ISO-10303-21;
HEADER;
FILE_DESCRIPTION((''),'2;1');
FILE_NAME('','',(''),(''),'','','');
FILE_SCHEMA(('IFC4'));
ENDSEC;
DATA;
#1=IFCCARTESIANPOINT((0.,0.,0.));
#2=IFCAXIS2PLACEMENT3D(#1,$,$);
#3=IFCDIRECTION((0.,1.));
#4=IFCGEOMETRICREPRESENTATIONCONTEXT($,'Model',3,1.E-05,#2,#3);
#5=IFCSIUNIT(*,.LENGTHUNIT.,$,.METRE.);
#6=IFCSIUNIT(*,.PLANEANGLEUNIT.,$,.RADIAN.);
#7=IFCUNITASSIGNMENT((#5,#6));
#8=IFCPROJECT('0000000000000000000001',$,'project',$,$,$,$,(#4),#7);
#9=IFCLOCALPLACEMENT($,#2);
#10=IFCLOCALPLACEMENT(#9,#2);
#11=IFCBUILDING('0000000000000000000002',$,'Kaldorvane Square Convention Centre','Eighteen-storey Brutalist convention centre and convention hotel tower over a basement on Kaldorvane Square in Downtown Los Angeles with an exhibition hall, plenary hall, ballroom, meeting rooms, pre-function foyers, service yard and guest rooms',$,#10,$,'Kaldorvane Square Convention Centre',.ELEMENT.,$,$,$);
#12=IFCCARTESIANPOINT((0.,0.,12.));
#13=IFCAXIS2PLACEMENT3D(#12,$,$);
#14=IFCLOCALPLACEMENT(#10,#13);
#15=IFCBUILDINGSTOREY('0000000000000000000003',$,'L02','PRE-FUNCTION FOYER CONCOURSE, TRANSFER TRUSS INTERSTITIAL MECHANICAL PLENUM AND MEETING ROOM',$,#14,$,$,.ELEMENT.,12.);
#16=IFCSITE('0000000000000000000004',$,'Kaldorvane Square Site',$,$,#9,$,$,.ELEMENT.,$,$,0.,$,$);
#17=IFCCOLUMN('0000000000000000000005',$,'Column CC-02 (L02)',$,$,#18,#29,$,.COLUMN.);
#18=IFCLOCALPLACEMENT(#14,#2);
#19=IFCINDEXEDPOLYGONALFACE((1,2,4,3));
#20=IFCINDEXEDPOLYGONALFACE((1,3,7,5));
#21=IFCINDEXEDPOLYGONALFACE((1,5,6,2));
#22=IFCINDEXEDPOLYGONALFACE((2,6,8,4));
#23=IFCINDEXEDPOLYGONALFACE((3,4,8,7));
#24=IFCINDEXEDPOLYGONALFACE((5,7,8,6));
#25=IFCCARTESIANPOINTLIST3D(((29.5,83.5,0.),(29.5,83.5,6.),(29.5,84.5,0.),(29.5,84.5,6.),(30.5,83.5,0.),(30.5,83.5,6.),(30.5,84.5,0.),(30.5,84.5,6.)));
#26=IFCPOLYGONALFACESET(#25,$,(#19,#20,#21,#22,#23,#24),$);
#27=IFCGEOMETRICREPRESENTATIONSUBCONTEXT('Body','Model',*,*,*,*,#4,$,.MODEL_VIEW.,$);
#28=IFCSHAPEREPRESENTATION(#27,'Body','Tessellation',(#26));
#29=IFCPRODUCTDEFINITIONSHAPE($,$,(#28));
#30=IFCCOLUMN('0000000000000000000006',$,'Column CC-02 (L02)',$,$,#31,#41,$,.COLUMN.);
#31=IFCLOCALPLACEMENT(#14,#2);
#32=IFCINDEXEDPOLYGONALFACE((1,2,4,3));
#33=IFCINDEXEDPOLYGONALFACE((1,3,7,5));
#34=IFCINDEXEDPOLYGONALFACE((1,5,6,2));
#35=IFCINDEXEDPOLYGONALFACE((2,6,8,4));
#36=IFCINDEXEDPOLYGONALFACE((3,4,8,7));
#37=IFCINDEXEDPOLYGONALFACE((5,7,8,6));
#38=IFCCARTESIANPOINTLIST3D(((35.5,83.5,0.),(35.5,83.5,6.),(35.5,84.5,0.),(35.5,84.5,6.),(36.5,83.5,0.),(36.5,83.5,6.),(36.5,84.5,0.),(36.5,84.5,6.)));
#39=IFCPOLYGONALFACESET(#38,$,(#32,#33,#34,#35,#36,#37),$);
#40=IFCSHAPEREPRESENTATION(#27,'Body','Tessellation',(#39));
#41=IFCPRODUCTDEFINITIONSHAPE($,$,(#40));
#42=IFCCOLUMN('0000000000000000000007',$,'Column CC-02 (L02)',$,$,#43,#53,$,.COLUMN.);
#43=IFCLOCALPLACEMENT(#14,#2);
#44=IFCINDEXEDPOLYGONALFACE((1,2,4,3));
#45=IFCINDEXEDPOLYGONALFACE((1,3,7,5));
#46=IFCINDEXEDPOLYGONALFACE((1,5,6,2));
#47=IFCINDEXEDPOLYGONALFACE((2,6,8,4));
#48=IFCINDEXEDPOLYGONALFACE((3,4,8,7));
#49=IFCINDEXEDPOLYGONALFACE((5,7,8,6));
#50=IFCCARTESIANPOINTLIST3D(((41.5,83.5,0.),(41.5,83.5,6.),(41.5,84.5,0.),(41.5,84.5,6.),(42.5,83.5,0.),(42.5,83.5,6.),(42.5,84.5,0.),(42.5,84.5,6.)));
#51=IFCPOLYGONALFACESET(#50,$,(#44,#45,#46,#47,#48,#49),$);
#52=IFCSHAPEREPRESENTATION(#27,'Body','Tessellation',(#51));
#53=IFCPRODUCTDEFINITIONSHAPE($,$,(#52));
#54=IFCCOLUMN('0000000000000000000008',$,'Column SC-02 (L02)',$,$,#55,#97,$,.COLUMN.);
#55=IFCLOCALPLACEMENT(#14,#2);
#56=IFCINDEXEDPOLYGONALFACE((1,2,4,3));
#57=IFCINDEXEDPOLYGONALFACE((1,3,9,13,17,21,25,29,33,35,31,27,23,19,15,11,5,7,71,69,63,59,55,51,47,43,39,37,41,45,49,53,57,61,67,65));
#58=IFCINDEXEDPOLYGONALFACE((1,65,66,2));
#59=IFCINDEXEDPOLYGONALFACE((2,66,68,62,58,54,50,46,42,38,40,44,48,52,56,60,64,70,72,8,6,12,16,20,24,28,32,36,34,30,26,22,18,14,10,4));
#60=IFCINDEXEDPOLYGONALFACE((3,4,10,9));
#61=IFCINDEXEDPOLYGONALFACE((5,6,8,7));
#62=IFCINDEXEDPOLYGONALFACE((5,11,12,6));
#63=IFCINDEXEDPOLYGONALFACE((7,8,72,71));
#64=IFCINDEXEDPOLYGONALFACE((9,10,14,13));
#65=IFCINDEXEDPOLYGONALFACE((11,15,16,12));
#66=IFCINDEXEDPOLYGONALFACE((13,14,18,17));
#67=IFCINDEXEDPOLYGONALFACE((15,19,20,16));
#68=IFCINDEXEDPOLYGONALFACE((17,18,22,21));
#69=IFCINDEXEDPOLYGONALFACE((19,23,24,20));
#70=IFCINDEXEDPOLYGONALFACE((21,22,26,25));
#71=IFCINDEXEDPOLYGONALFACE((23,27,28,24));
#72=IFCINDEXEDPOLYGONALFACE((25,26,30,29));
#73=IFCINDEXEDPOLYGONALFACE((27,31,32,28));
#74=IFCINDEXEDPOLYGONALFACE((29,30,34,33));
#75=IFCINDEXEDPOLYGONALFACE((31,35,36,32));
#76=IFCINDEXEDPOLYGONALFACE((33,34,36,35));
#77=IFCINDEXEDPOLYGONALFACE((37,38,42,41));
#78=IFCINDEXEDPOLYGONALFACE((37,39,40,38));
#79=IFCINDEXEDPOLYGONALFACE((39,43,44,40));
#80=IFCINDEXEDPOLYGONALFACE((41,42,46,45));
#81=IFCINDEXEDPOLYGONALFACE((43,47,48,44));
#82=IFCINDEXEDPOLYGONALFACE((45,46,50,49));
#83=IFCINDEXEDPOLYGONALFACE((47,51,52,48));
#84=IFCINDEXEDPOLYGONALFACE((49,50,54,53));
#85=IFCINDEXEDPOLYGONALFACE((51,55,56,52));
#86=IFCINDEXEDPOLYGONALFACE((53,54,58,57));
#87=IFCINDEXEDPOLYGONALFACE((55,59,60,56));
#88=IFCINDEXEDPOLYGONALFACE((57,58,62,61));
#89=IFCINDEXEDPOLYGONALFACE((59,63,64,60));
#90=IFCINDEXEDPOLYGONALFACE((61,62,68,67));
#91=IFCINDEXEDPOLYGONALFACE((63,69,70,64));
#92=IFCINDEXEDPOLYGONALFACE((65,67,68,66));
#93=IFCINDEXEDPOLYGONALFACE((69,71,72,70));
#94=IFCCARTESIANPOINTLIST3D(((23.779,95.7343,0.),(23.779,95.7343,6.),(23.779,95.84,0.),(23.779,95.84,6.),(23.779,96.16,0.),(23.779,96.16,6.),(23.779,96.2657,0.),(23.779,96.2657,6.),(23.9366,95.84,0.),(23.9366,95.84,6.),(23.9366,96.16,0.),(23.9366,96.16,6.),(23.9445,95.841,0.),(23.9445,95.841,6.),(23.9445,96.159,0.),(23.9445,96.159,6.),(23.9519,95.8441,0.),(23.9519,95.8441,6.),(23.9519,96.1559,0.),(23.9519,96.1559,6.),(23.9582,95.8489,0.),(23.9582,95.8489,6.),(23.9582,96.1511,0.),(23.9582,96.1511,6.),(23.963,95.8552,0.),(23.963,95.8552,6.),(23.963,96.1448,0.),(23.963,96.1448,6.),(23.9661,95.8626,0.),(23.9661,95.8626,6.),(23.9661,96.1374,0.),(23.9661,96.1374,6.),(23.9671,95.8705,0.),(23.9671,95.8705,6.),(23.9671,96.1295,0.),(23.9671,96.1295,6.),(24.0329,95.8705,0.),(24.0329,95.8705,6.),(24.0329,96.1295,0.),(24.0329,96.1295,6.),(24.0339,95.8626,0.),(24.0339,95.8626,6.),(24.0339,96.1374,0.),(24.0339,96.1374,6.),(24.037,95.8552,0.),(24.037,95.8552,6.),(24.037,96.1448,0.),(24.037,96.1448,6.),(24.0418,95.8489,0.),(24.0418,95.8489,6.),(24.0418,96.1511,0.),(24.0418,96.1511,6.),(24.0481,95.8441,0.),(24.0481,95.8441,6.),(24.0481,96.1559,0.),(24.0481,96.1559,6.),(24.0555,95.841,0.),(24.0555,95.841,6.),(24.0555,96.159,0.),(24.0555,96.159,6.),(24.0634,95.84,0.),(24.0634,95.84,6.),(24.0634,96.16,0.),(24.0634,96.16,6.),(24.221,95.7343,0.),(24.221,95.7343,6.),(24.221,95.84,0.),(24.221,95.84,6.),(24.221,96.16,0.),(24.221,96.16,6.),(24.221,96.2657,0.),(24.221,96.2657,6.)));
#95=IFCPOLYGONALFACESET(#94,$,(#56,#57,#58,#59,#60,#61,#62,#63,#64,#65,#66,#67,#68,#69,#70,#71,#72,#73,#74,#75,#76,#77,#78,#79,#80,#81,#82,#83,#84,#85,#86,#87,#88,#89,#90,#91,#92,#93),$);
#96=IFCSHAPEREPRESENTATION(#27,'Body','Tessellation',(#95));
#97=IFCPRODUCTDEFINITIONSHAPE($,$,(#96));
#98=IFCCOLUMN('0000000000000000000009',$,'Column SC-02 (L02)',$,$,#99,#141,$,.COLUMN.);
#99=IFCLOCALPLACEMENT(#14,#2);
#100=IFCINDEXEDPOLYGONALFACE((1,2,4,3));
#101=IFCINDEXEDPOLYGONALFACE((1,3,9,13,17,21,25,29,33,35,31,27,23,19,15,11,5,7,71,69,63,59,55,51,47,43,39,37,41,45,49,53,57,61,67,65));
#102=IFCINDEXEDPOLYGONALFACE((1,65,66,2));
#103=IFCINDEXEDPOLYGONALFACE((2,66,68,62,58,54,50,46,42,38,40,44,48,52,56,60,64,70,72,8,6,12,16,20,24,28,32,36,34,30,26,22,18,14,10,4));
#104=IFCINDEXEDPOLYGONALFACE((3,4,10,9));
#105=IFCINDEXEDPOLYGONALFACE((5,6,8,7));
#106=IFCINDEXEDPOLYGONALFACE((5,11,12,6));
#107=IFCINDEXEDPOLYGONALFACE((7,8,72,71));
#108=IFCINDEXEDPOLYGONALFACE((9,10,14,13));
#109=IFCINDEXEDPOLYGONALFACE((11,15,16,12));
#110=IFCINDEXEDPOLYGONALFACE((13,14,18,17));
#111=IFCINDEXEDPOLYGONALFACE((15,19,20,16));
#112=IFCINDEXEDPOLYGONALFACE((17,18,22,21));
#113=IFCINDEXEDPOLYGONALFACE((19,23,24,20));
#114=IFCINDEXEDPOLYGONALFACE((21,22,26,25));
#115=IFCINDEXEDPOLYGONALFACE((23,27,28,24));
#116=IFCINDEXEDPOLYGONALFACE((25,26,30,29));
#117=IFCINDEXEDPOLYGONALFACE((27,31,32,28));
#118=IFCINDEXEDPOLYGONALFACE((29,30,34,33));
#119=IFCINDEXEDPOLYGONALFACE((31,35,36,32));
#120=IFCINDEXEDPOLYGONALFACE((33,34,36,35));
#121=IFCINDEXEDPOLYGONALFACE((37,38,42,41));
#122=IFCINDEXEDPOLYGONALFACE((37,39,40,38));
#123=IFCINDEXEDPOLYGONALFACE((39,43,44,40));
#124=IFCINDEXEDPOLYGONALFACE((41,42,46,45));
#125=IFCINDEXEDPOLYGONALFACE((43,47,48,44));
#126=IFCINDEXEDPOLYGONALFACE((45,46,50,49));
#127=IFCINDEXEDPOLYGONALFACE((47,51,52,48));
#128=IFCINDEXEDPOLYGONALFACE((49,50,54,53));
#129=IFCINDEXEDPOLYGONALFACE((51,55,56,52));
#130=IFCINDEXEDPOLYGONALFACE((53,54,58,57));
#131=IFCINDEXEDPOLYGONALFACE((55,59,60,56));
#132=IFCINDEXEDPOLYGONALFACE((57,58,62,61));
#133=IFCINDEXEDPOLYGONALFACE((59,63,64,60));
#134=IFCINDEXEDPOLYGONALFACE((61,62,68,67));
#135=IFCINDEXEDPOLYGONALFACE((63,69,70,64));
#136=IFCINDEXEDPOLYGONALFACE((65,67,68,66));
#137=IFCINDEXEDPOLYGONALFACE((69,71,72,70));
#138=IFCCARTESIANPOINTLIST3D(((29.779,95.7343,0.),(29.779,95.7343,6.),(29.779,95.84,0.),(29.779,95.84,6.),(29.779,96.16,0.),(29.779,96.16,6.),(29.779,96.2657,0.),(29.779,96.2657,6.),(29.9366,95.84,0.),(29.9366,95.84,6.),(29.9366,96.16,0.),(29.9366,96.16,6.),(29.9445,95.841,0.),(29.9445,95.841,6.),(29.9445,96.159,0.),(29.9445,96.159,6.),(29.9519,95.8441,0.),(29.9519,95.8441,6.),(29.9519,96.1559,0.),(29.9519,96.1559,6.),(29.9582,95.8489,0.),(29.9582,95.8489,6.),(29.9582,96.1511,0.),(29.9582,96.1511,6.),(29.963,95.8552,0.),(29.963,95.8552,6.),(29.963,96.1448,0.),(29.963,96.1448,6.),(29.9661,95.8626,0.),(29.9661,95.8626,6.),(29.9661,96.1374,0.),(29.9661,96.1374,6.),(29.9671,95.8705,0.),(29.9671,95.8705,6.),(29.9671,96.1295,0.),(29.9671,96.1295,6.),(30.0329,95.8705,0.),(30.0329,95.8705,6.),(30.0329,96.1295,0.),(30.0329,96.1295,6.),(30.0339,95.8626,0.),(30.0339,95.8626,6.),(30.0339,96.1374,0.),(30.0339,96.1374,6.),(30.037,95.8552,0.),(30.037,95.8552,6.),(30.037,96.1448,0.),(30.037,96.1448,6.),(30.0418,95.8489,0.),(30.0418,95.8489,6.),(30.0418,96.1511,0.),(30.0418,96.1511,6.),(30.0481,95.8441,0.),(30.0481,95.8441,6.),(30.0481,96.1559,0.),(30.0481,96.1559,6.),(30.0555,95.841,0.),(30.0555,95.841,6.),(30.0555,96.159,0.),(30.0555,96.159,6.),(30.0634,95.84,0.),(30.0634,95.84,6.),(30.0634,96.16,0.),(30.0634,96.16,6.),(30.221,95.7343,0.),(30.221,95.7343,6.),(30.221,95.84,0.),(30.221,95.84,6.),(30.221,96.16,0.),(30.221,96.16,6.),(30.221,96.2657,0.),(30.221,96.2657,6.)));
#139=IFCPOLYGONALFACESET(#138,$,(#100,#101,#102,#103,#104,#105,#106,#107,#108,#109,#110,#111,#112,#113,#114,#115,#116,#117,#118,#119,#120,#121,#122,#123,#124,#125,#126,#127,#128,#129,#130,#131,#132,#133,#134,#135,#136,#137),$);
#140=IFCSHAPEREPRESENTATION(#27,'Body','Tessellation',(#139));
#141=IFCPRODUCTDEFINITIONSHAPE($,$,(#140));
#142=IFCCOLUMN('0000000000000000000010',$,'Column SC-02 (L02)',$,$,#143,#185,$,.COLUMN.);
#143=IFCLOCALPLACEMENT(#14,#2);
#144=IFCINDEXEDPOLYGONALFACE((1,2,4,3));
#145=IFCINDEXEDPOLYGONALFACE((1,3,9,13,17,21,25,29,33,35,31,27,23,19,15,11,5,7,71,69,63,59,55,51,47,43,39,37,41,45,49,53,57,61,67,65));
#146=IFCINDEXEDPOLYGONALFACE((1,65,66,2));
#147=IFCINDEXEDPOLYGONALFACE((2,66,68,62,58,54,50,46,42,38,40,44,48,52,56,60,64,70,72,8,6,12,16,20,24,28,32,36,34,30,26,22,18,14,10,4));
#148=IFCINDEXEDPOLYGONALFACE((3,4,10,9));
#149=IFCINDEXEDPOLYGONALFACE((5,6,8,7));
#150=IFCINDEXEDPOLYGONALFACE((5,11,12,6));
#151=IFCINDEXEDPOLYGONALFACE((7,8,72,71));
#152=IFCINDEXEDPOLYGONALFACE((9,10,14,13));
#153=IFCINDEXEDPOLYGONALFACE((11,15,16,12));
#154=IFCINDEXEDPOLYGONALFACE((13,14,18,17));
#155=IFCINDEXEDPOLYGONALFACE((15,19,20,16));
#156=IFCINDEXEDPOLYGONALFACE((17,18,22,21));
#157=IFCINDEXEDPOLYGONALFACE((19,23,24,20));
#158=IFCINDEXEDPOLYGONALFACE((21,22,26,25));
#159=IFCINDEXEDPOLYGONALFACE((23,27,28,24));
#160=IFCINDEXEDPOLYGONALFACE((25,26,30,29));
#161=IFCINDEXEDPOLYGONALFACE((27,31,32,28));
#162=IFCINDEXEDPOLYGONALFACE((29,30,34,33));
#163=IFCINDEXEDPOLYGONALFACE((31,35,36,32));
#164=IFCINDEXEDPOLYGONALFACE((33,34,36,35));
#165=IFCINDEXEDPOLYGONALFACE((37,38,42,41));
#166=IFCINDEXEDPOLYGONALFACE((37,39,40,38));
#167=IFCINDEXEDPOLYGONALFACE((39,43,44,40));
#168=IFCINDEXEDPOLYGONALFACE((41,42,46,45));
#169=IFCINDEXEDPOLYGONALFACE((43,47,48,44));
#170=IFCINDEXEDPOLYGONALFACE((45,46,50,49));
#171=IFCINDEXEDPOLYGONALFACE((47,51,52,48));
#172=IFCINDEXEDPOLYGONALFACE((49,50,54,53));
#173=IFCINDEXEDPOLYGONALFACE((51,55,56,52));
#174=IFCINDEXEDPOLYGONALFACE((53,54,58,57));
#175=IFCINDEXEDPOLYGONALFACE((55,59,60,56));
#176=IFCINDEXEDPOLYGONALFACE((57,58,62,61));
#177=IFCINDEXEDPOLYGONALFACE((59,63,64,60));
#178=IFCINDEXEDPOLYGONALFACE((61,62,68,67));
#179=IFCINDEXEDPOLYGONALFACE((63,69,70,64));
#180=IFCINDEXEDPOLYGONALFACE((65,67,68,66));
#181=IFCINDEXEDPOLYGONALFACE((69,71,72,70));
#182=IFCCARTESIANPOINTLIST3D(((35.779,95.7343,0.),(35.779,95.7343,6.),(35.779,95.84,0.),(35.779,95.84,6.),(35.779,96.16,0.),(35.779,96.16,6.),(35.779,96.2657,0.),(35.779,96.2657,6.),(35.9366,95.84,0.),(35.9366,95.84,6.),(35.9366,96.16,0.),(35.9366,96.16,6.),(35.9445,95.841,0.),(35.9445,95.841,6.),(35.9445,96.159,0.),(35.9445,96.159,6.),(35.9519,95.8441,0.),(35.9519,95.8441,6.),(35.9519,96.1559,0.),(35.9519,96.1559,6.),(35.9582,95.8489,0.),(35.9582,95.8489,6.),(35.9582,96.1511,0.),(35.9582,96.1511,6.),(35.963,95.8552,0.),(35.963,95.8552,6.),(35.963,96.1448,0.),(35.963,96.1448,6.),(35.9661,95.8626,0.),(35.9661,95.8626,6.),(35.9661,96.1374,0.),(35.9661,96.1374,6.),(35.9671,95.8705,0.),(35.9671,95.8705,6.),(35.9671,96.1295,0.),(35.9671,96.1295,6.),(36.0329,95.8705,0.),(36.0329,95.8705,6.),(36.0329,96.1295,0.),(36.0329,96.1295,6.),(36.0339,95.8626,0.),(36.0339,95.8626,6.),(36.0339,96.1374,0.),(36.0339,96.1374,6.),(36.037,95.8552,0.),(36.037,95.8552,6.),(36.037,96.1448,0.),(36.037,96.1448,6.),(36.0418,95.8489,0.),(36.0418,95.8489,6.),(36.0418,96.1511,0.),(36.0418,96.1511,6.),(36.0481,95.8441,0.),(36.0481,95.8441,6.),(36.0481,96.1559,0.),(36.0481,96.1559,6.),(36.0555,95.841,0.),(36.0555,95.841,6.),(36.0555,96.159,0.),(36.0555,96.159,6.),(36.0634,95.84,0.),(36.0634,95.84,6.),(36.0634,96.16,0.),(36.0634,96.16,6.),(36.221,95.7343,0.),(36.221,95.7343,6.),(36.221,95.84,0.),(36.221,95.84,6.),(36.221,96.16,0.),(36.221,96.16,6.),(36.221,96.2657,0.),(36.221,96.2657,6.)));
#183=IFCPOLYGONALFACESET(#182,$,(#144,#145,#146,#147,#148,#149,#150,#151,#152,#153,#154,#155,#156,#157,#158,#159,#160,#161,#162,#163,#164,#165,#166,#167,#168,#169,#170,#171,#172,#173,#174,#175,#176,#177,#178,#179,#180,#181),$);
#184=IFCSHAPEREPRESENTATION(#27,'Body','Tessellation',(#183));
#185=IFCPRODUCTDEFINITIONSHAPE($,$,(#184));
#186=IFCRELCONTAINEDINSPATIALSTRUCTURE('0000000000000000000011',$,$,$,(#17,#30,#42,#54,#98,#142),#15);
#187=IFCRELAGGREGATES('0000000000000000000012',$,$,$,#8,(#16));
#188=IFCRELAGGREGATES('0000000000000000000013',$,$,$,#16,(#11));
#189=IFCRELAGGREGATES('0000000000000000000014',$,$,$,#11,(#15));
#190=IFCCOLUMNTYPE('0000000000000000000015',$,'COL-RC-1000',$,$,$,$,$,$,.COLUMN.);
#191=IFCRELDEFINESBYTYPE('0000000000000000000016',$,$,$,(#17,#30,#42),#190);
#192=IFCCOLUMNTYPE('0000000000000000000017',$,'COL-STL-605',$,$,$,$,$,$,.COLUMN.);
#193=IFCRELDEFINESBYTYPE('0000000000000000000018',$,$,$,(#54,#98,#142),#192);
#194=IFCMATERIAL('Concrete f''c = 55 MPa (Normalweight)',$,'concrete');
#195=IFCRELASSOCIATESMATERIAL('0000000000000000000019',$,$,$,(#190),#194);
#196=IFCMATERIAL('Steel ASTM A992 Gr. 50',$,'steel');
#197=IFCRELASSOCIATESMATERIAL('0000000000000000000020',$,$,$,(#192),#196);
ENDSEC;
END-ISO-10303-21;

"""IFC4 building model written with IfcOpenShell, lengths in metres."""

from ifc_helpers import new_model, si_unit, direction, frame, origin, origin_2d, place, context, subcontext, project, spatial, rectangle, i_section, extrude, material, material_profile, profile_set, type_object, element, save


model = new_model("IFC4")

# Units and contexts
model_context = context("Model", 3, precision=1e-05, world=origin(), true_north=direction((0.0, 1.0)))
body_context = subcontext(model_context, "Body", "Model", "MODEL_VIEW")
ifc_project = project(units=[si_unit("LENGTHUNIT", "METRE"), si_unit("PLANEANGLEUNIT", "RADIAN")], contexts=[model_context])

# Site, building, storey
site_placement = place(None, origin())
site = spatial("IfcSite", under=ifc_project, at=site_placement, Name="Kaldorvane Square Site", CompositionType="ELEMENT", RefElevation=0.0)
building_placement = place(site_placement, origin())
building = spatial("IfcBuilding", under=site, at=building_placement, Name="Kaldorvane Square Convention Centre", Description="Eighteen-storey Brutalist convention centre and convention hotel tower over a basement on Kaldorvane Square in Downtown Los Angeles with an exhibition hall, plenary hall, ballroom, meeting rooms, pre-function foyers, service yard and guest rooms", LongName="Kaldorvane Square Convention Centre", CompositionType="ELEMENT")
storey_placement = place(building_placement, frame((0.0, 0.0, 12.0)))
storey = spatial("IfcBuildingStorey", under=building, at=storey_placement, Name="L02", Description="PRE-FUNCTION FOYER CONCOURSE, TRANSFER TRUSS INTERSTITIAL MECHANICAL PLENUM AND MEETING ROOM", CompositionType="ELEMENT", Elevation=12.0)

# Columns
ifc_material_1 = material(Name="Concrete f'c = 55 MPa (Normalweight)", Category="concrete")
ifc_material_profile_1 = material_profile(ifc_material_1, rectangle(XDim=1.0, YDim=1.0, at=origin_2d()), Name="RC1000X1000")
ifc_profile_set_1 = profile_set([ifc_material_profile_1], Name="Concrete f'c = 55 MPa (Normalweight)")
column_type_1 = type_object("IfcColumnType", Name="COL-RC-1000", PredefinedType="COLUMN", material=ifc_profile_set_1)
for number, where, z_axis, x_axis, name in (
    (1, (30.0, 84.0, 0.0), (0.0, 0.0, 1.0), (1.0, 0.0, 0.0), "Column CC-02 (L02)"),
    (2, (36.0, 84.0, 0.0), (0.0, 0.0, 1.0), (1.0, 0.0, 0.0), "Column CC-02 (L02)"),
    (3, (42.0, 84.0, 0.0), (0.0, 0.0, 1.0), (1.0, 0.0, 0.0), "Column CC-02 (L02)"),
):
    element("IfcColumn", number, at=place(storey_placement, frame(where, z_axis=z_axis, x_axis=x_axis)), inside=storey, type_object=column_type_1, Name=name, PredefinedType="COLUMN", context=body_context, shape_type="SweptSolid", body=[
        extrude(rectangle(XDim=1.0, YDim=1.0, at=origin_2d()), origin(), (0.0, 0.0, 1.0), 6.0),
    ])
ifc_material_2 = material(Name="Steel ASTM A992 Gr. 50", Category="steel")
ifc_material_profile_2 = material_profile(ifc_material_2, i_section(OverallWidth=0.442, OverallDepth=0.5314, WebThickness=0.0658, FlangeThickness=0.1057, FilletRadius=0.0305, at=origin_2d()), Name="W14X605")
ifc_profile_set_2 = profile_set([ifc_material_profile_2], Name="Steel ASTM A992 Gr. 50")
column_type_2 = type_object("IfcColumnType", Name="COL-STL-605", PredefinedType="COLUMN", material=ifc_profile_set_2)
for number, where, z_axis, x_axis, name in (
    (4, (24.0, 96.0, 0.0), (0.0, 0.0, 1.0), (1.0, 0.0, 0.0), "Column SC-02 (L02)"),
    (5, (30.0, 96.0, 0.0), (0.0, 0.0, 1.0), (1.0, 0.0, 0.0), "Column SC-02 (L02)"),
    (6, (36.0, 96.0, 0.0), (0.0, 0.0, 1.0), (1.0, 0.0, 0.0), "Column SC-02 (L02)"),
):
    element("IfcColumn", number, at=place(storey_placement, frame(where, z_axis=z_axis, x_axis=x_axis)), inside=storey, type_object=column_type_2, Name=name, PredefinedType="COLUMN", context=body_context, shape_type="SweptSolid", body=[
        extrude(i_section(OverallWidth=0.442, OverallDepth=0.5314, WebThickness=0.0658, FlangeThickness=0.1057, FilletRadius=0.0305, at=origin_2d()), origin(), (0.0, 0.0, 1.0), 6.0),
    ])

save(model, "model.ifc")
